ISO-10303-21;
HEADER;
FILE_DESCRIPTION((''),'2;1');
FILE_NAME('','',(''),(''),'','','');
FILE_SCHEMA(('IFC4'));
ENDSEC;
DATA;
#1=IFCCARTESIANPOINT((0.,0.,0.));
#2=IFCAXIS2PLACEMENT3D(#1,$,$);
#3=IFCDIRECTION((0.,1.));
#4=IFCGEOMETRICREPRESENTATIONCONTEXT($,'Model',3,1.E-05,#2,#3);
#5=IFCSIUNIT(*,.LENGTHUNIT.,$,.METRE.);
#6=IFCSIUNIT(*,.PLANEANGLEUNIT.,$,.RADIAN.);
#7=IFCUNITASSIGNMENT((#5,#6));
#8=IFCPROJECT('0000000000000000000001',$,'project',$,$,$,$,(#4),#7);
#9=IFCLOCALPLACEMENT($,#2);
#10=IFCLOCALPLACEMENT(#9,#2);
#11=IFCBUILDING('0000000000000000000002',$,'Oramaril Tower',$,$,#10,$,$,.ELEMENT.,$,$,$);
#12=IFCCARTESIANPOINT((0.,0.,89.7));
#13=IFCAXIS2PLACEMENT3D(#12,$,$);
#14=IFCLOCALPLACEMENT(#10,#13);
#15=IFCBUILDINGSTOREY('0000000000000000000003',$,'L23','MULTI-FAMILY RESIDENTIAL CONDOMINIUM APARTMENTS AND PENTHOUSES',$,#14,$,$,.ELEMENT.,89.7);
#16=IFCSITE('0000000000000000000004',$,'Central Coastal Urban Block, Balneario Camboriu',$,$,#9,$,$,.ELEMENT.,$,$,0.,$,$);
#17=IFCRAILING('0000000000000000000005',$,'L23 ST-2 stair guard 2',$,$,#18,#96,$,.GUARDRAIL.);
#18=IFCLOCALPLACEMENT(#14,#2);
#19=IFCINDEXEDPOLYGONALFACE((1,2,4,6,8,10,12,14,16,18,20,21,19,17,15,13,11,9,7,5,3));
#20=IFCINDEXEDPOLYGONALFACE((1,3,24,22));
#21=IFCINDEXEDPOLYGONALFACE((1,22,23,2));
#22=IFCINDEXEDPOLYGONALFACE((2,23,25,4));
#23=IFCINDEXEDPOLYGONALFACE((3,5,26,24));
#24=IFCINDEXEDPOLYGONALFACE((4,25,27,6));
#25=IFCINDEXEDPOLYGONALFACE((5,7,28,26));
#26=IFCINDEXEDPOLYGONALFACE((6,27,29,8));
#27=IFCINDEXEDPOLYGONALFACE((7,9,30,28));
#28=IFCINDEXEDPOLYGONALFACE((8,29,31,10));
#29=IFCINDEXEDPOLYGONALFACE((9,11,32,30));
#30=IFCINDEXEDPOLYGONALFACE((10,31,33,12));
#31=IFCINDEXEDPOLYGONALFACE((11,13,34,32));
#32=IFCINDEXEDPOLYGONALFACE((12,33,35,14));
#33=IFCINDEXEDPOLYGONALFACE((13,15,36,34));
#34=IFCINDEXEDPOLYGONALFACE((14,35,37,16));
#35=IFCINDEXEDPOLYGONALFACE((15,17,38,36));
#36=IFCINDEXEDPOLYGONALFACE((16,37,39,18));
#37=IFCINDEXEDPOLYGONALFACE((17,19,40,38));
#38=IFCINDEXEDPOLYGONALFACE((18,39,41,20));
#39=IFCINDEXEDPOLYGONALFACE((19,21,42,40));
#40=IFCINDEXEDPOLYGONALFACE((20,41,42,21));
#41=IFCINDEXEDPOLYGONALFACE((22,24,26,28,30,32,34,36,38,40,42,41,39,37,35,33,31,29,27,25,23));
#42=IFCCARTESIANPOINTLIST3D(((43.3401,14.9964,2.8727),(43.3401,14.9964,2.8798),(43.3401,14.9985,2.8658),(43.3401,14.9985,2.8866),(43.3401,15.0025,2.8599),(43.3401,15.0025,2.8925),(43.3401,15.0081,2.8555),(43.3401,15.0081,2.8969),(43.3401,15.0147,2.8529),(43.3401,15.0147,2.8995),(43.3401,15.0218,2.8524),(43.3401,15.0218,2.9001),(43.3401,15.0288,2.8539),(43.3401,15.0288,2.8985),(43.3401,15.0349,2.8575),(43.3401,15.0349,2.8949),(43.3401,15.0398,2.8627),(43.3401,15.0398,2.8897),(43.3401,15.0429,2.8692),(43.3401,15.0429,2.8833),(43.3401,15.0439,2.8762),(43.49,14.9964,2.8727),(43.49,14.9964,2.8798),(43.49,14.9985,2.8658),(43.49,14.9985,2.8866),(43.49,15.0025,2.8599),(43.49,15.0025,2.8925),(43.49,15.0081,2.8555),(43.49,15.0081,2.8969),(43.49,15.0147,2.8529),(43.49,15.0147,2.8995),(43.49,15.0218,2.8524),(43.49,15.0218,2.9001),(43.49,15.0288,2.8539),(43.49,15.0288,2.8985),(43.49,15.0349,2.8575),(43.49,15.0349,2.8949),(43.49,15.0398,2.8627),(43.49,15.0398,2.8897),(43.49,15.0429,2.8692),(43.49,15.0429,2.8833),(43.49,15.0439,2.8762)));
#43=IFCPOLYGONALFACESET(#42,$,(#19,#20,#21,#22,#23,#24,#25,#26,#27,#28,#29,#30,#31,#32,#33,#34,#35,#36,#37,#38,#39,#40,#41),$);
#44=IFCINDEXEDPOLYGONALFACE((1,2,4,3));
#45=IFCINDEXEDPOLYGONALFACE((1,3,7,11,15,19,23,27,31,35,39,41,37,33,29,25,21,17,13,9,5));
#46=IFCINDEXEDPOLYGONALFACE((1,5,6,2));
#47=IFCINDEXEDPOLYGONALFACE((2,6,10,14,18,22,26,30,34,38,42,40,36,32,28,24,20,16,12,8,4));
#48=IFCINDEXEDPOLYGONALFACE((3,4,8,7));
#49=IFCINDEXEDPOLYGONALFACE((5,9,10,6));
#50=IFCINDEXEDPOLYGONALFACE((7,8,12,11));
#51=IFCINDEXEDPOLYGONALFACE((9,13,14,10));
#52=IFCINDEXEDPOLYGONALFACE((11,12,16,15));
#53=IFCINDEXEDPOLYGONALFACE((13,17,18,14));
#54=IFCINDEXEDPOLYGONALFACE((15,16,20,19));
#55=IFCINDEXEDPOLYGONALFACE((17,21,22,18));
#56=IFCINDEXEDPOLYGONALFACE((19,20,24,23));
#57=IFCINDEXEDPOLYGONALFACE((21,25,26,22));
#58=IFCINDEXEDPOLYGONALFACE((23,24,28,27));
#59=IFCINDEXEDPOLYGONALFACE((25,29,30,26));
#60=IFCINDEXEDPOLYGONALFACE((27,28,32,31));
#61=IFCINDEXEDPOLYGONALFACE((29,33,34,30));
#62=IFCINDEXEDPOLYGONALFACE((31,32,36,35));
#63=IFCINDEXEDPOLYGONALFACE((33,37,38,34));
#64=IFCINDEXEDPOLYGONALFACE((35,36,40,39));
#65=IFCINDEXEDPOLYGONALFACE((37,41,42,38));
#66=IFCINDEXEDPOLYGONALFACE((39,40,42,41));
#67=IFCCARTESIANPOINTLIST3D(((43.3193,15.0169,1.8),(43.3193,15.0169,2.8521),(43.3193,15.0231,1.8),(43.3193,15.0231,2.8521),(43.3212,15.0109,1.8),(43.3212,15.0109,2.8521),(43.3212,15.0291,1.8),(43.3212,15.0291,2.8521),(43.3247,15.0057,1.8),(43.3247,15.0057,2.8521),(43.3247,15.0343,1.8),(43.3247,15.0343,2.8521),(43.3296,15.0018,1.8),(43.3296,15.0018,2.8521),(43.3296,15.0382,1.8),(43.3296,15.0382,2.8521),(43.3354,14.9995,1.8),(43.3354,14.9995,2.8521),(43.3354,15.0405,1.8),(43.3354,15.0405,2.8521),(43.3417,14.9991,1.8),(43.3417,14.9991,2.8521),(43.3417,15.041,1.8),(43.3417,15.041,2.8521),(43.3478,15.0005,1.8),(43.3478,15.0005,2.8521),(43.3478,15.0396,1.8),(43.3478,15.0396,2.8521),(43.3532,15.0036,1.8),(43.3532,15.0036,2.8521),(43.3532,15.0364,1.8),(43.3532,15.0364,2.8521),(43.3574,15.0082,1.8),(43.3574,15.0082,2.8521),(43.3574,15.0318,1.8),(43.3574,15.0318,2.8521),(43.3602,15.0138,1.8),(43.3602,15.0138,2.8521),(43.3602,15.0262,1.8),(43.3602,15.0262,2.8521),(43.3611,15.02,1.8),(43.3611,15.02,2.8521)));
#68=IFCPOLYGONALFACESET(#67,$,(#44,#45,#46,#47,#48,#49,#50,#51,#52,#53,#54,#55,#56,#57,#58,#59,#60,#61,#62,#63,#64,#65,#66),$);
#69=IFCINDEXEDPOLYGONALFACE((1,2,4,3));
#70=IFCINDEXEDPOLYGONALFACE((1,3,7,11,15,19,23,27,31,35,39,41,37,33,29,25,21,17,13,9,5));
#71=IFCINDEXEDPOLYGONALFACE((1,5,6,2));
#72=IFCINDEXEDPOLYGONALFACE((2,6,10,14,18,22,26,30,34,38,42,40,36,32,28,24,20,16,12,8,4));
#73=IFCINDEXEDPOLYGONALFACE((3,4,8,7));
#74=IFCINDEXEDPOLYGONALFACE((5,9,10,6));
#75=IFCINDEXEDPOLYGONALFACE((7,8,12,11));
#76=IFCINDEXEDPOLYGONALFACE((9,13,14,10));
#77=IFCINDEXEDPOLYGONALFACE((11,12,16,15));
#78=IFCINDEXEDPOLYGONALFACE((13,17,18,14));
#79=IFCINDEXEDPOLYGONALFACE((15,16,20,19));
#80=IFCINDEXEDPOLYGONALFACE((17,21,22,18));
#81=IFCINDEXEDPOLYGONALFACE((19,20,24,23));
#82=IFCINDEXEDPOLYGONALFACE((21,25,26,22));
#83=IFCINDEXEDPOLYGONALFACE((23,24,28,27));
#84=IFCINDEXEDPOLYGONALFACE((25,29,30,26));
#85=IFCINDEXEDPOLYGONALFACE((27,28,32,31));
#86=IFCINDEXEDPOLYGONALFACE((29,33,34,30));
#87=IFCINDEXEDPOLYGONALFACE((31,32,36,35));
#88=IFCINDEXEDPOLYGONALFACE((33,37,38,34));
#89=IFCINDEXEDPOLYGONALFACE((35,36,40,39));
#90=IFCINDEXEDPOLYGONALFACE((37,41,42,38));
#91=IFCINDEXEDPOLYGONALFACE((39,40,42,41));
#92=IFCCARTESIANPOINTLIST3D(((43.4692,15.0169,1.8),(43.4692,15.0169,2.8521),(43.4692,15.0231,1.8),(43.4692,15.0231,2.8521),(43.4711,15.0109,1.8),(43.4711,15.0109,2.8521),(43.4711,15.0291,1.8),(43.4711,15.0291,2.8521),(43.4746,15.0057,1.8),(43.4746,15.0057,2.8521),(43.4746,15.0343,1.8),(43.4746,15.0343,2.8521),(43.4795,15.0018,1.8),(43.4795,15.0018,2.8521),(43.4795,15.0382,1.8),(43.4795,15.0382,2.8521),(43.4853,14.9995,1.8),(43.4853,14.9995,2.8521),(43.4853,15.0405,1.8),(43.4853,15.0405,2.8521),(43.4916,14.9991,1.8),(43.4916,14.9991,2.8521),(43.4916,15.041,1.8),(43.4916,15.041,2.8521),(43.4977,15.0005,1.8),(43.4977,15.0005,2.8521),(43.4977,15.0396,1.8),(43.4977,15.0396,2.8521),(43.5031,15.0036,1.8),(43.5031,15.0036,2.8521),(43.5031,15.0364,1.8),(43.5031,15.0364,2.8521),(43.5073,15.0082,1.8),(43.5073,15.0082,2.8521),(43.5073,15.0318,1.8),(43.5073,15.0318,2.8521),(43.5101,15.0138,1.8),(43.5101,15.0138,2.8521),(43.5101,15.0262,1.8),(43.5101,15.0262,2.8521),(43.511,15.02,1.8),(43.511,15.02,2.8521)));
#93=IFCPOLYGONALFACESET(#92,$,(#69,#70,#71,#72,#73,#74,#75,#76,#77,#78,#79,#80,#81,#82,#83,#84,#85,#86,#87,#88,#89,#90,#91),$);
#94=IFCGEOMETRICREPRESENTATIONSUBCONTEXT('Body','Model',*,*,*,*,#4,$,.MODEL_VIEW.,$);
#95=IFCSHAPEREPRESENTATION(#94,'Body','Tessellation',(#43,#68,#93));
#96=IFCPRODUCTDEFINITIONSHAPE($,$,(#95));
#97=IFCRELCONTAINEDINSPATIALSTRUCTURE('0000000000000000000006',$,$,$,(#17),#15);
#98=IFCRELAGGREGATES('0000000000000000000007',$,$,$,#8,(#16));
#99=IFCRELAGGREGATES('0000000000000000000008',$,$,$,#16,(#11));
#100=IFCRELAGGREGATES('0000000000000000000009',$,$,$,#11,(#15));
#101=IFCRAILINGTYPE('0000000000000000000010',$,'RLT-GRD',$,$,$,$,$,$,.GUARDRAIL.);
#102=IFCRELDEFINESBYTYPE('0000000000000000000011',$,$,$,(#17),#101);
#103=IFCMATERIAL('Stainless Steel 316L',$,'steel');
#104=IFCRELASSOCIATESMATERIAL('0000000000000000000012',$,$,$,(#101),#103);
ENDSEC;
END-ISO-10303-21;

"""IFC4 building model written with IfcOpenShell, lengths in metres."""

from ifc_helpers import new_model, si_unit, direction, frame, origin, origin_2d, place, context, subcontext, project, spatial, circle, extrude, material, type_object, element, save


model = new_model("IFC4")

# Units and contexts
model_context = context("Model", 3, precision=1e-05, world=origin(), true_north=direction((0.0, 1.0)))
body_context = subcontext(model_context, "Body", "Model", "MODEL_VIEW")
ifc_project = project(units=[si_unit("LENGTHUNIT", "METRE"), si_unit("PLANEANGLEUNIT", "RADIAN")], contexts=[model_context])

# Site, building, storey
site_placement = place(None, origin())
site = spatial("IfcSite", under=ifc_project, at=site_placement, Name="Central Coastal Urban Block, Balneario Camboriu", CompositionType="ELEMENT", RefElevation=0.0)
building_placement = place(site_placement, origin())
building = spatial("IfcBuilding", under=site, at=building_placement, Name="Oramaril Tower", CompositionType="ELEMENT")
storey_placement = place(building_placement, frame((0.0, 0.0, 89.7)))
storey = spatial("IfcBuildingStorey", under=building, at=storey_placement, Name="L23", Description="MULTI-FAMILY RESIDENTIAL CONDOMINIUM APARTMENTS AND PENTHOUSES", CompositionType="ELEMENT", Elevation=89.7)

# Railing
ifc_material_1 = material(Name="Stainless Steel 316L", Category="steel")
railing_type_1 = type_object("IfcRailingType", Name="RLT-GRD", PredefinedType="GUARDRAIL", material=ifc_material_1)
railing_1_placement = place(storey_placement, frame((43.3401, 15.02, 1.8)))
element("IfcRailing", 1, at=railing_1_placement, inside=storey, type_object=railing_type_1, Name="L23 ST-2 stair guard 2", PredefinedType="GUARDRAIL", context=body_context, shape_type="SweptSolid", body=[
    extrude(circle(Radius=0.0239, at=origin_2d()), frame((0.0, 0.0, 1.0762), z_axis=(1.0, 0.0, 0.0), x_axis=(0.0, 1.0, 0.0)), (0.0, 0.0, 1.0), 0.1499),
    extrude(circle(Radius=0.021, at=origin_2d()), origin(), (0.0, 0.0, 1.0), 1.052),
    extrude(circle(Radius=0.021, at=origin_2d()), frame((0.1499, 0.0, 0.0)), (0.0, 0.0, 1.0), 1.052),
])

save(model, "model.ifc")
